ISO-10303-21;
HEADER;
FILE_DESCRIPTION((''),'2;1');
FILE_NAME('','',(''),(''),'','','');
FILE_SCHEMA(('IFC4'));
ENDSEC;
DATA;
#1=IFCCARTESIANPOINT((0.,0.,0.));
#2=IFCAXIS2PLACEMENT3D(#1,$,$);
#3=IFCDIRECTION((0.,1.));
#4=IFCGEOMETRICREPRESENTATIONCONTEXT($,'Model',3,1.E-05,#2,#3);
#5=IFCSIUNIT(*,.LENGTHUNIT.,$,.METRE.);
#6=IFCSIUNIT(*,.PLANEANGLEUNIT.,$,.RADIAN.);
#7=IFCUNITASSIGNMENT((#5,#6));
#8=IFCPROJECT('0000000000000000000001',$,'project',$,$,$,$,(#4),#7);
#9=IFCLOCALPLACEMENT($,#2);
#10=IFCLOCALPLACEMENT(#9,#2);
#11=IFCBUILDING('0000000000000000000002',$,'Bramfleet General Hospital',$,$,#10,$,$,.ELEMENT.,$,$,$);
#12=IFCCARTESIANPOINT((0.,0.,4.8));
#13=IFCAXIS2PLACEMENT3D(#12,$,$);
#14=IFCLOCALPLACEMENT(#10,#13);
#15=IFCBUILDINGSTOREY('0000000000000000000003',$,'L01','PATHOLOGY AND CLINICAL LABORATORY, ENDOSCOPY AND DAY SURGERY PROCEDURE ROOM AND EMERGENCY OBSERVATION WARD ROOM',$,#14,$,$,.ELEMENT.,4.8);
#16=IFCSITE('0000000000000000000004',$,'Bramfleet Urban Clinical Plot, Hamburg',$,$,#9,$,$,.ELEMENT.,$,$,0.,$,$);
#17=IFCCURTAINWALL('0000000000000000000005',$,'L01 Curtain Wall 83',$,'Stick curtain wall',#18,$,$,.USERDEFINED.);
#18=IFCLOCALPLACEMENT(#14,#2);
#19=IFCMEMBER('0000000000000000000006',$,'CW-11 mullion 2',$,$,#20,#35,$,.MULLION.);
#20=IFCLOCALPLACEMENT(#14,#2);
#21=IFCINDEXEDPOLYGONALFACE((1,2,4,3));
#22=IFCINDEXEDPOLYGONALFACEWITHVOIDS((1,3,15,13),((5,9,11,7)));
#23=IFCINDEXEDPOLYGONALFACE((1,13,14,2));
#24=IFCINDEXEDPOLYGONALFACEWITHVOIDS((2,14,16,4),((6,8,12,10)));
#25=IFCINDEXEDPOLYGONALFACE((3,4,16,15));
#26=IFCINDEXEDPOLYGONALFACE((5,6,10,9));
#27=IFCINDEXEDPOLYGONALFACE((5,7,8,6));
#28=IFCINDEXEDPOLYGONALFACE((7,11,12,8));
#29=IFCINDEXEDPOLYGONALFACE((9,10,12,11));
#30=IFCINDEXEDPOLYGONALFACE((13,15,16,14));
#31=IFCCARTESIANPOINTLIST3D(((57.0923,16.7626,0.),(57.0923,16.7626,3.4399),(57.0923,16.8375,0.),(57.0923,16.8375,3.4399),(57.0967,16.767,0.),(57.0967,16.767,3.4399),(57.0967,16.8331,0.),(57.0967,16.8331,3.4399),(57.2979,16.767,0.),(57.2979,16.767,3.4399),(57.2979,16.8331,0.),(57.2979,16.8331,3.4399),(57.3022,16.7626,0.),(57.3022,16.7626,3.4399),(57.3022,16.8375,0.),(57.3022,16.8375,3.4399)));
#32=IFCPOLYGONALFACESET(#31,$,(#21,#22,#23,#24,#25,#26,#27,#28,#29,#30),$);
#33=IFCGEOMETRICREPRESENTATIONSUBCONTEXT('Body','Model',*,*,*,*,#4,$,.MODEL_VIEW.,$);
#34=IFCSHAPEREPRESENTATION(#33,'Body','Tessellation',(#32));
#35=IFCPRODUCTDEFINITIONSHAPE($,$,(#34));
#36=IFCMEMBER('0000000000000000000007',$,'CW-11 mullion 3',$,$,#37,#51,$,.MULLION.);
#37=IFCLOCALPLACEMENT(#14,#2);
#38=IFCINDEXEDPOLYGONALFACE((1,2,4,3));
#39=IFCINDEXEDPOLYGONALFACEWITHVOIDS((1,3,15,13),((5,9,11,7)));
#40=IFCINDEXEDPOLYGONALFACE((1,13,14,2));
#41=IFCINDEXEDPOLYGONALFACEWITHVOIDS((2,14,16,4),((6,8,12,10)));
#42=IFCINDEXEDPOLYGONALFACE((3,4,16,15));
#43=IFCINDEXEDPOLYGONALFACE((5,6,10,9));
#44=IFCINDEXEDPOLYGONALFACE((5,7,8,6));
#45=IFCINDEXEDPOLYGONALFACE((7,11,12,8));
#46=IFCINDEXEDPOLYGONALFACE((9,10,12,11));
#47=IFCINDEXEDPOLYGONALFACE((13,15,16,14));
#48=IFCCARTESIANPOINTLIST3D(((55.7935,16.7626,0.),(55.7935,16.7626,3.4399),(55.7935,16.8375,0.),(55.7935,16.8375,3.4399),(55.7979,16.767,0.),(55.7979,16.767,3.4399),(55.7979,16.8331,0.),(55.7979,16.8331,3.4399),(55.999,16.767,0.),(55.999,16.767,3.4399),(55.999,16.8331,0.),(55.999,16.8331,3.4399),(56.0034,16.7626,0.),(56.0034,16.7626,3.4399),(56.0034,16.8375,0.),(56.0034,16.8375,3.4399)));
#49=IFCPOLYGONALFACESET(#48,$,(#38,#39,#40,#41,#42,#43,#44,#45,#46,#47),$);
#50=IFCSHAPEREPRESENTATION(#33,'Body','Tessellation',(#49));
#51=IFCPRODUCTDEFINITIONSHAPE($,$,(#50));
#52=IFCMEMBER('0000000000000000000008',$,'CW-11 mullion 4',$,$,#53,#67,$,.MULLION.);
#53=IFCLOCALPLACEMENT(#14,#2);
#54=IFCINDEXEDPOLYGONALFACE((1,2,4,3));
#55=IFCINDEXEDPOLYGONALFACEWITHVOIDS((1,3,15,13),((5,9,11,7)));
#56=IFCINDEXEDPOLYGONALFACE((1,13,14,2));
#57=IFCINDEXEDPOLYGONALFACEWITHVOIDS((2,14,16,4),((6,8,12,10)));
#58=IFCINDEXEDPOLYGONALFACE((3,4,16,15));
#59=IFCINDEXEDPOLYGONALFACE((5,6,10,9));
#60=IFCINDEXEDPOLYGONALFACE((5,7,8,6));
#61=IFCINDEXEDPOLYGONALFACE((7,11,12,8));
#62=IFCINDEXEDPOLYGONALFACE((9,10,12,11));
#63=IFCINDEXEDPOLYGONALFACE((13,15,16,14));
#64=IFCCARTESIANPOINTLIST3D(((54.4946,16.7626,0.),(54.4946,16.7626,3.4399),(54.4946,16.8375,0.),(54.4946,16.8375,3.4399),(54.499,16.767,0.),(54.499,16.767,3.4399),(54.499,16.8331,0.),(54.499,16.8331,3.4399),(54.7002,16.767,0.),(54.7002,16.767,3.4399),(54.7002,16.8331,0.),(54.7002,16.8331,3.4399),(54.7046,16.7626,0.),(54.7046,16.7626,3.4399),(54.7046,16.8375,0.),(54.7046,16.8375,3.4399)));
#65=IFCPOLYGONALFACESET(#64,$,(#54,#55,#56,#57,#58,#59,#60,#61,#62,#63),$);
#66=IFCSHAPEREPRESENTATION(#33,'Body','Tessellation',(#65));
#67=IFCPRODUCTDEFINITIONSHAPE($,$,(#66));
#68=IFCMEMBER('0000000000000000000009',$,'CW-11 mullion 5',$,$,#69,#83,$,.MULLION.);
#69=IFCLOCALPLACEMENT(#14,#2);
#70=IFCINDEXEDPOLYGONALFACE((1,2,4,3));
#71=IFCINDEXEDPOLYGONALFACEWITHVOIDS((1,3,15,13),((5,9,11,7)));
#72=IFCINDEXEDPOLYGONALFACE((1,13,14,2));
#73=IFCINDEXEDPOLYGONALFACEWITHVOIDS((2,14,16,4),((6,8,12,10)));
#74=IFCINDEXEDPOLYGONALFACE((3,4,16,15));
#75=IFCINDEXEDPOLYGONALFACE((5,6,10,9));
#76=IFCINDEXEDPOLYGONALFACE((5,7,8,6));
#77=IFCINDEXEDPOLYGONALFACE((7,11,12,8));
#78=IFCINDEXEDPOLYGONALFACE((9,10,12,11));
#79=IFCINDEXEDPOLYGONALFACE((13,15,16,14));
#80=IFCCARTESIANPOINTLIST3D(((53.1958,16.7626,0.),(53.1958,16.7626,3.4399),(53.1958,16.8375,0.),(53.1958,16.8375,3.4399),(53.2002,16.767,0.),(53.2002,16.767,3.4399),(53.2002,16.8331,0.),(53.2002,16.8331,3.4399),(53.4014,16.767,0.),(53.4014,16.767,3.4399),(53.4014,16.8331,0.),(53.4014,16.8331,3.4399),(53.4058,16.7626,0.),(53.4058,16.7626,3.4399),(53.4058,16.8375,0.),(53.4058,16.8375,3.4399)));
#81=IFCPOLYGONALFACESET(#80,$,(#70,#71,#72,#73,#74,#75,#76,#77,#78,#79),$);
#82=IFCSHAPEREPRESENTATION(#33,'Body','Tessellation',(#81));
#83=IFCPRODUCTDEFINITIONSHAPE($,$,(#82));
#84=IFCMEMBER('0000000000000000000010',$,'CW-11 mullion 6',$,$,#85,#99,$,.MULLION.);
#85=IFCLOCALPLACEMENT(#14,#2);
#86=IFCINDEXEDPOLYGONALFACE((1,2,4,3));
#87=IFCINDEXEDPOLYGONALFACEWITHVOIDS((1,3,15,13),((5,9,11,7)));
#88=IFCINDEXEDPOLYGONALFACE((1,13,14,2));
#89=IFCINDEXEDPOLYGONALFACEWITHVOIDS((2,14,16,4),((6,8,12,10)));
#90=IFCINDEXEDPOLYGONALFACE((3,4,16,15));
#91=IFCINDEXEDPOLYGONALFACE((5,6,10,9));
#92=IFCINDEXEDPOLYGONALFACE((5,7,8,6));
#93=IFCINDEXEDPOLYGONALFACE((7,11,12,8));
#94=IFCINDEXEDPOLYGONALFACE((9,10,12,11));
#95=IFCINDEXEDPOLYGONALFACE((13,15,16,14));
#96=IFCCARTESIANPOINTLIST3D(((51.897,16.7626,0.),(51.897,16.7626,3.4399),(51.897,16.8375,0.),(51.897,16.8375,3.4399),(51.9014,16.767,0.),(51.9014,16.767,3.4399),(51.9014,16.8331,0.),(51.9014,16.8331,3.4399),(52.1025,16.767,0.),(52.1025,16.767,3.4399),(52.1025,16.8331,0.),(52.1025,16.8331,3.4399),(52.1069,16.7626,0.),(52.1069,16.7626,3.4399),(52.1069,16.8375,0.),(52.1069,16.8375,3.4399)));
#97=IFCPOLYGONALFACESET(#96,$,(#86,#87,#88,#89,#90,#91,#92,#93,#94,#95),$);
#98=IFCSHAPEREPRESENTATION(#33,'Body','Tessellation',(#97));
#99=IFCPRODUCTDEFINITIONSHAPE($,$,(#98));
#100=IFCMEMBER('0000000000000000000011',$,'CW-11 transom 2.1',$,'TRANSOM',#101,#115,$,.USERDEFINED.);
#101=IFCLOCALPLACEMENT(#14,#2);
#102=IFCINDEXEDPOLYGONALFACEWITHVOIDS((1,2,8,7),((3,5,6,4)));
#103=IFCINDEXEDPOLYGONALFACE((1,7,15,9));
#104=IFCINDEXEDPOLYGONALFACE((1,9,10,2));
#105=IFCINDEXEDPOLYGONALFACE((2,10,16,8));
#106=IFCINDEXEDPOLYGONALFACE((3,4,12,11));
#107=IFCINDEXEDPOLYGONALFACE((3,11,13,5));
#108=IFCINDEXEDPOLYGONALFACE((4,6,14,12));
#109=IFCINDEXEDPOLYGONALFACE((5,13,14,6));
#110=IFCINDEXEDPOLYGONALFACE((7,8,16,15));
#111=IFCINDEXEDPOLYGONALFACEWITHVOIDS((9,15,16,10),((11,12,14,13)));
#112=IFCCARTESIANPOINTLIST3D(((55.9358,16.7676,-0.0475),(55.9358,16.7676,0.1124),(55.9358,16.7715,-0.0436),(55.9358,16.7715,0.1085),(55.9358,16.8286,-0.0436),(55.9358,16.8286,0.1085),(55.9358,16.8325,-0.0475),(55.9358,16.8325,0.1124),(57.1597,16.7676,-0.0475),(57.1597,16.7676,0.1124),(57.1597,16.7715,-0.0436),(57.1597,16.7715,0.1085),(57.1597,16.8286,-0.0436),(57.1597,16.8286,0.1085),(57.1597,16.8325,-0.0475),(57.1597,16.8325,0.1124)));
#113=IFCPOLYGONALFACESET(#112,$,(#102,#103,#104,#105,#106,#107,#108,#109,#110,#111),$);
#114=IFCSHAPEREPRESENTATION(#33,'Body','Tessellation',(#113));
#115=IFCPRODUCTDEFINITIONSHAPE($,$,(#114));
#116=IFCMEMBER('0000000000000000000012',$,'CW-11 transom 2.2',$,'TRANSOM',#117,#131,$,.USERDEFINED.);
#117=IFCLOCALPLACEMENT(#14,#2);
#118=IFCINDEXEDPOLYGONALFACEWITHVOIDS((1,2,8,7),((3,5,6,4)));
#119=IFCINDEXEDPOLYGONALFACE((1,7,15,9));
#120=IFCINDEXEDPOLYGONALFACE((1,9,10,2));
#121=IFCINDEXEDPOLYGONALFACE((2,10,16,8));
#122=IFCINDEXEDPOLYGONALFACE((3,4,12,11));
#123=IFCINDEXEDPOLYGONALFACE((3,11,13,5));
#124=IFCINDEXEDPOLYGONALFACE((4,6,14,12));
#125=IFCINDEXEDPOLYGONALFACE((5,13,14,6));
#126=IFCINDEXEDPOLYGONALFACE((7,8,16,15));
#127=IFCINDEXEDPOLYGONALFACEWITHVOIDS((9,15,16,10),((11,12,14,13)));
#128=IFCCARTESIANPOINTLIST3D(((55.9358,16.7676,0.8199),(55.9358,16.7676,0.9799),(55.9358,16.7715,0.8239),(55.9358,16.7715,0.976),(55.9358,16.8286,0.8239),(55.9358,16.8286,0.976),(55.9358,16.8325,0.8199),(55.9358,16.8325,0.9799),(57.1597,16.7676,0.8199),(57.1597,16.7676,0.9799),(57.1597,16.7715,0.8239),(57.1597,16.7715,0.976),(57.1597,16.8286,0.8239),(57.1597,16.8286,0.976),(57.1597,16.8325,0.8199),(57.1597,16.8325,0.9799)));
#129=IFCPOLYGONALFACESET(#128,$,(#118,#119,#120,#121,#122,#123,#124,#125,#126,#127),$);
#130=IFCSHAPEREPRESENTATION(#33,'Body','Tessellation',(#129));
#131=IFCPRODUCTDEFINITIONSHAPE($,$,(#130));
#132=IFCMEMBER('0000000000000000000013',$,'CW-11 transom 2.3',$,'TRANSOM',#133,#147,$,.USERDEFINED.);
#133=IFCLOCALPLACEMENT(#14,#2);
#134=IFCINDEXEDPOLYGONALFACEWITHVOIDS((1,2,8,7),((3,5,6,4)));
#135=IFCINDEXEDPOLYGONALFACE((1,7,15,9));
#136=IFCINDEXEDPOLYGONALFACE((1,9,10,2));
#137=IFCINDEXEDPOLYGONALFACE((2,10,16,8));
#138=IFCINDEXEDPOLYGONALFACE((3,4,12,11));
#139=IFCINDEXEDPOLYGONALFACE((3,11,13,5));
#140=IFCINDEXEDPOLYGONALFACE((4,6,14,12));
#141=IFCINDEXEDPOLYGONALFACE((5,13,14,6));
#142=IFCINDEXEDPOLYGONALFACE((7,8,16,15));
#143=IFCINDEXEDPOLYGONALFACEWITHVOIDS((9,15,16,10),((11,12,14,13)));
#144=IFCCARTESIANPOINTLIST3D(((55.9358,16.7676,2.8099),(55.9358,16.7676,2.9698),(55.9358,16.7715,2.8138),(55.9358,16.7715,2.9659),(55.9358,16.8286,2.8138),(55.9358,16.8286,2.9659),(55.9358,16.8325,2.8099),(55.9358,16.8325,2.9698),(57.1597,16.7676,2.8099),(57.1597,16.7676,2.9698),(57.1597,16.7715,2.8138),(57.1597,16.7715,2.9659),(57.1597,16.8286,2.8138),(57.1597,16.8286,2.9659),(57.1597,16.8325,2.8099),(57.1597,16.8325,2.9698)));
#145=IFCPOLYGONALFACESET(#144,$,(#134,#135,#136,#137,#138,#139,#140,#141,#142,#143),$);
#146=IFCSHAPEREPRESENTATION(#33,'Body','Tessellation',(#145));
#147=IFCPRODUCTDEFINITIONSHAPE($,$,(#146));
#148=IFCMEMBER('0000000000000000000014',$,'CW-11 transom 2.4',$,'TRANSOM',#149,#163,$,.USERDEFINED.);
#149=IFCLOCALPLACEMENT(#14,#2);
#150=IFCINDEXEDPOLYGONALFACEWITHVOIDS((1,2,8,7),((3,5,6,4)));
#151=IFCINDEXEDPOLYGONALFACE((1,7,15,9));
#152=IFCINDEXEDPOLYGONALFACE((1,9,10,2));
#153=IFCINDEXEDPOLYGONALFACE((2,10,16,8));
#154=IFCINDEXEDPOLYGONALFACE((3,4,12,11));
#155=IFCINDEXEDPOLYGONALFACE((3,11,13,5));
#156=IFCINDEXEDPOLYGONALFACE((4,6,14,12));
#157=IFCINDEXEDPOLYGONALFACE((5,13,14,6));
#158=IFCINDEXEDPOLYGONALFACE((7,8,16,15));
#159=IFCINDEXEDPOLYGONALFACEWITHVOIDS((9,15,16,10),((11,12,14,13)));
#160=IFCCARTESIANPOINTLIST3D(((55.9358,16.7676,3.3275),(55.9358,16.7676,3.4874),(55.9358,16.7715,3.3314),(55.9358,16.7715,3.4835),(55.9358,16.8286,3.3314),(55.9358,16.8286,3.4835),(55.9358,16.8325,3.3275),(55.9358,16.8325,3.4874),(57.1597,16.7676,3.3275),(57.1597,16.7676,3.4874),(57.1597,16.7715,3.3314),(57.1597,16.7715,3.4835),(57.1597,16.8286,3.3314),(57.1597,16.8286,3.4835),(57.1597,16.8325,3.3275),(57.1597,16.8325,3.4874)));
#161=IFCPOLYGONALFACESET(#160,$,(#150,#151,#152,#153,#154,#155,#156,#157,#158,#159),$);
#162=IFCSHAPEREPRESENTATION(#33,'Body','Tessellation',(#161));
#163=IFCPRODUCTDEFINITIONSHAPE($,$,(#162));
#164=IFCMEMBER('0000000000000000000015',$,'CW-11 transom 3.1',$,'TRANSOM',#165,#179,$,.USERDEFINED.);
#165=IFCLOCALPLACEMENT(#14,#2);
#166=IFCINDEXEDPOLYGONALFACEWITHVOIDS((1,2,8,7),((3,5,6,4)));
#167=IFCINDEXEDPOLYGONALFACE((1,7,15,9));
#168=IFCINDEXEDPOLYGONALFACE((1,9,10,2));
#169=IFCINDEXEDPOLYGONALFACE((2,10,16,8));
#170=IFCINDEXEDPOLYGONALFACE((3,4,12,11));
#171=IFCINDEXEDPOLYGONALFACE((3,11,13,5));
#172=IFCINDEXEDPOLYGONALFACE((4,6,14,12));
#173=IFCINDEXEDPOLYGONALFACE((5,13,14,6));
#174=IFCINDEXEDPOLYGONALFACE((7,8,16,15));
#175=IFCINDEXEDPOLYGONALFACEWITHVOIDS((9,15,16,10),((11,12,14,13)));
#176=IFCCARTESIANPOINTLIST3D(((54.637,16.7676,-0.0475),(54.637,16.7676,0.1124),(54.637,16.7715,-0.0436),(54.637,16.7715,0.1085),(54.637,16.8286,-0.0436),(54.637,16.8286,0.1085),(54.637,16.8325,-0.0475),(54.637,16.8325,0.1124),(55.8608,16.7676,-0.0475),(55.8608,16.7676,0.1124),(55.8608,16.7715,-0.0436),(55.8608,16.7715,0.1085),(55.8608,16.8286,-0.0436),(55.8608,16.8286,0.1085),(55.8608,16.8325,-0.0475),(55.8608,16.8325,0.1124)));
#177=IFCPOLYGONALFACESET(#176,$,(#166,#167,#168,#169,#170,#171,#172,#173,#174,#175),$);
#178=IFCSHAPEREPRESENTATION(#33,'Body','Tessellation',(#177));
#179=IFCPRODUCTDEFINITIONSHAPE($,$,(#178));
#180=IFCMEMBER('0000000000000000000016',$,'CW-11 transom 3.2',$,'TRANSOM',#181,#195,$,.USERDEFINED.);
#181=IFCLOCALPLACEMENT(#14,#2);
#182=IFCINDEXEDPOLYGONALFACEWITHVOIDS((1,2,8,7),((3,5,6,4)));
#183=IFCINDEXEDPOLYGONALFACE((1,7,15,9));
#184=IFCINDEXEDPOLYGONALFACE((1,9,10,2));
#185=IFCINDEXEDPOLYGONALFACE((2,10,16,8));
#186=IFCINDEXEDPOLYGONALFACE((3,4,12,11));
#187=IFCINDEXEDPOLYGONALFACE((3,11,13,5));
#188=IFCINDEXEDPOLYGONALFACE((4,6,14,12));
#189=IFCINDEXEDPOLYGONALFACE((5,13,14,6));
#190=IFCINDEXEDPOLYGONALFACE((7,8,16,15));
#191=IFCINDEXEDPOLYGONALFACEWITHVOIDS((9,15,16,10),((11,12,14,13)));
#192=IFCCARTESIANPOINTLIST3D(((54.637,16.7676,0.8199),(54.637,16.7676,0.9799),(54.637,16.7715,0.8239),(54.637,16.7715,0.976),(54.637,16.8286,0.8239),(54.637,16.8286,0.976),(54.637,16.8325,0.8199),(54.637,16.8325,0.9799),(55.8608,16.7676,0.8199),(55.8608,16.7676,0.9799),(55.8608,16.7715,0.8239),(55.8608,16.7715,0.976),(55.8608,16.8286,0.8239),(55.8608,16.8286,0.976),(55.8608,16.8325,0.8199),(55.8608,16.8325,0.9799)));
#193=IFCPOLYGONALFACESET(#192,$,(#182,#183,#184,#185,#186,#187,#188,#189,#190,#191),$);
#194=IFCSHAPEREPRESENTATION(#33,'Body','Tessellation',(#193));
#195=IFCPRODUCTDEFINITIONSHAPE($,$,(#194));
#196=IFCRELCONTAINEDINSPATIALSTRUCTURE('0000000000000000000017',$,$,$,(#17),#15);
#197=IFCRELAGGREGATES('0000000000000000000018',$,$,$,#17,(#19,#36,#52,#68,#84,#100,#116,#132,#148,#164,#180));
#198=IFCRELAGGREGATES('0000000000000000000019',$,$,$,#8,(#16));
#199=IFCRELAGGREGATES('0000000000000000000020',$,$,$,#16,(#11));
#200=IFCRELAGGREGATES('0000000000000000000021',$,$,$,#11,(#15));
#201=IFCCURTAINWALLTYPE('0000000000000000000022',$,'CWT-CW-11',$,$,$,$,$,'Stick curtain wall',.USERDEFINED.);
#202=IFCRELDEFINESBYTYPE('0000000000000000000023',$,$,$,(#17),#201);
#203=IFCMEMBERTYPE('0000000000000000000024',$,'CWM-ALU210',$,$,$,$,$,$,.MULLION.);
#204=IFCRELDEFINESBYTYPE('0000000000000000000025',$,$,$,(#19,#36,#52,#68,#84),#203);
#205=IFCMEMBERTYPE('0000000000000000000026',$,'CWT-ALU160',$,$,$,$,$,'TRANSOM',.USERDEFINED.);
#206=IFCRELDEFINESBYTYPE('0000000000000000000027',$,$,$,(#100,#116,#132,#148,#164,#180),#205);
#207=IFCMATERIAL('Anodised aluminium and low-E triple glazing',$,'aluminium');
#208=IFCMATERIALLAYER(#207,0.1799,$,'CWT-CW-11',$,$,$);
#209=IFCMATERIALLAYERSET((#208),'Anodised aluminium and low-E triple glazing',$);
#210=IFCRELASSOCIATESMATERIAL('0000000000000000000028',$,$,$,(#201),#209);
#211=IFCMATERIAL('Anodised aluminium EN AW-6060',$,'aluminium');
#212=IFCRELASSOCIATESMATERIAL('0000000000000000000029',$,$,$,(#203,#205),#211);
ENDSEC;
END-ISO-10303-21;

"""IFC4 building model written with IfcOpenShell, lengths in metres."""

from ifc_helpers import new_model, si_unit, direction, frame, origin, origin_2d, place, context, subcontext, project, spatial, hollow_rectangle, extrude, material, layer, layer_set, material_profile, profile_set, type_object, element, aggregate, save


model = new_model("IFC4")

# Units and contexts
model_context = context("Model", 3, precision=1e-05, world=origin(), true_north=direction((0.0, 1.0)))
body_context = subcontext(model_context, "Body", "Model", "MODEL_VIEW")
ifc_project = project(units=[si_unit("LENGTHUNIT", "METRE"), si_unit("PLANEANGLEUNIT", "RADIAN")], contexts=[model_context])

# Site, building, storey
site_placement = place(None, origin())
site = spatial("IfcSite", under=ifc_project, at=site_placement, Name="Bramfleet Urban Clinical Plot, Hamburg", CompositionType="ELEMENT", RefElevation=0.0)
building_placement = place(site_placement, origin())
building = spatial("IfcBuilding", under=site, at=building_placement, Name="Bramfleet General Hospital", CompositionType="ELEMENT")
storey_placement = place(building_placement, frame((0.0, 0.0, 4.8)))
storey = spatial("IfcBuildingStorey", under=building, at=storey_placement, Name="L01", Description="PATHOLOGY AND CLINICAL LABORATORY, ENDOSCOPY AND DAY SURGERY PROCEDURE ROOM AND EMERGENCY OBSERVATION WARD ROOM", CompositionType="ELEMENT", Elevation=4.8)

# Curtain wall, members
ifc_material_1 = material(Name="Anodised aluminium and low-E triple glazing", Category="aluminium")
ifc_layer_1 = layer(ifc_material_1, 0.1799, Name="CWT-CW-11")
ifc_layer_set_1 = layer_set([ifc_layer_1], Name="Anodised aluminium and low-E triple glazing")
curtain_wall_type = type_object("IfcCurtainWallType", Name="CWT-CW-11", ElementType="Stick curtain wall", PredefinedType="USERDEFINED", material=ifc_layer_set_1)
curtain_wall_placement = place(storey_placement, origin())
curtain_wall = element("IfcCurtainWall", 1, at=curtain_wall_placement, inside=storey, type_object=curtain_wall_type, Name="L01 Curtain Wall 83", ObjectType="Stick curtain wall", PredefinedType="USERDEFINED")
ifc_material_2 = material(Name="Anodised aluminium EN AW-6060", Category="aluminium")
ifc_material_profile_1 = material_profile(ifc_material_2, hollow_rectangle(XDim=0.075, YDim=0.21, WallThickness=0.0044, at=origin_2d()), Name="ALU 210x75x4.5")
ifc_profile_set_1 = profile_set([ifc_material_profile_1], Name="Anodised aluminium EN AW-6060")
member_type_1 = type_object("IfcMemberType", Name="CWM-ALU210", PredefinedType="MULLION", material=ifc_profile_set_1)
member_1_placement = place(storey_placement, frame((57.1973, 16.8, 0.0), z_axis=(0.0, 0.0, 1.0), x_axis=(0.0, -1.0, 0.0)))
member_1 = element("IfcMember", 2, at=member_1_placement, type_object=member_type_1, Name="CW-11 mullion 2", PredefinedType="MULLION", context=body_context, shape_type="SweptSolid", body=[
    extrude(hollow_rectangle(XDim=0.075, YDim=0.21, WallThickness=0.0044, at=origin_2d()), origin(), (0.0, 0.0, 1.0), 3.4399),
])
member_2_placement = place(storey_placement, frame((55.8984, 16.8, 0.0), z_axis=(0.0, 0.0, 1.0), x_axis=(0.0, -1.0, 0.0)))
member_2 = element("IfcMember", 3, at=member_2_placement, type_object=member_type_1, Name="CW-11 mullion 3", PredefinedType="MULLION", context=body_context, shape_type="SweptSolid", body=[
    extrude(hollow_rectangle(XDim=0.075, YDim=0.21, WallThickness=0.0044, at=origin_2d()), origin(), (0.0, 0.0, 1.0), 3.4399),
])
member_3_placement = place(storey_placement, frame((54.5996, 16.8, 0.0), z_axis=(0.0, 0.0, 1.0), x_axis=(0.0, -1.0, 0.0)))
member_3 = element("IfcMember", 4, at=member_3_placement, type_object=member_type_1, Name="CW-11 mullion 4", PredefinedType="MULLION", context=body_context, shape_type="SweptSolid", body=[
    extrude(hollow_rectangle(XDim=0.075, YDim=0.21, WallThickness=0.0044, at=origin_2d()), origin(), (0.0, 0.0, 1.0), 3.4399),
])
member_4_placement = place(storey_placement, frame((53.3008, 16.8, 0.0), z_axis=(0.0, 0.0, 1.0), x_axis=(0.0, -1.0, 0.0)))
member_4 = element("IfcMember", 5, at=member_4_placement, type_object=member_type_1, Name="CW-11 mullion 5", PredefinedType="MULLION", context=body_context, shape_type="SweptSolid", body=[
    extrude(hollow_rectangle(XDim=0.075, YDim=0.21, WallThickness=0.0044, at=origin_2d()), origin(), (0.0, 0.0, 1.0), 3.4399),
])
member_5_placement = place(storey_placement, frame((52.002, 16.8, 0.0), z_axis=(0.0, 0.0, 1.0), x_axis=(0.0, -1.0, 0.0)))
member_5 = element("IfcMember", 6, at=member_5_placement, type_object=member_type_1, Name="CW-11 mullion 6", PredefinedType="MULLION", context=body_context, shape_type="SweptSolid", body=[
    extrude(hollow_rectangle(XDim=0.075, YDim=0.21, WallThickness=0.0044, at=origin_2d()), origin(), (0.0, 0.0, 1.0), 3.4399),
])
ifc_material_profile_2 = material_profile(ifc_material_2, hollow_rectangle(XDim=0.0649, YDim=0.1599, WallThickness=0.0039, at=origin_2d()), Name="ALU 160x65x4.0")
ifc_profile_set_2 = profile_set([ifc_material_profile_2], Name="Anodised aluminium EN AW-6060")
member_type_2 = type_object("IfcMemberType", Name="CWT-ALU160", ElementType="TRANSOM", PredefinedType="USERDEFINED", material=ifc_profile_set_2)
member_6_placement = place(storey_placement, frame((57.1597, 16.8, 0.0325), z_axis=(-1.0, 0.0, 0.0), x_axis=(0.0, -1.0, 0.0)))
member_6 = element("IfcMember", 7, at=member_6_placement, type_object=member_type_2, Name="CW-11 transom 2.1", ObjectType="TRANSOM", PredefinedType="USERDEFINED", context=body_context, shape_type="SweptSolid", body=[
    extrude(hollow_rectangle(XDim=0.0649, YDim=0.1599, WallThickness=0.0039, at=origin_2d()), origin(), (0.0, 0.0, 1.0), 1.2239),
])
member_7_placement = place(storey_placement, frame((57.1597, 16.8, 0.8999), z_axis=(-1.0, 0.0, 0.0), x_axis=(0.0, -1.0, 0.0)))
member_7 = element("IfcMember", 8, at=member_7_placement, type_object=member_type_2, Name="CW-11 transom 2.2", ObjectType="TRANSOM", PredefinedType="USERDEFINED", context=body_context, shape_type="SweptSolid", body=[
    extrude(hollow_rectangle(XDim=0.0649, YDim=0.1599, WallThickness=0.0039, at=origin_2d()), origin(), (0.0, 0.0, 1.0), 1.2239),
])
member_8_placement = place(storey_placement, frame((57.1597, 16.8, 2.8899), z_axis=(-1.0, 0.0, 0.0), x_axis=(0.0, -1.0, 0.0)))
member_8 = element("IfcMember", 9, at=member_8_placement, type_object=member_type_2, Name="CW-11 transom 2.3", ObjectType="TRANSOM", PredefinedType="USERDEFINED", context=body_context, shape_type="SweptSolid", body=[
    extrude(hollow_rectangle(XDim=0.0649, YDim=0.1599, WallThickness=0.0039, at=origin_2d()), origin(), (0.0, 0.0, 1.0), 1.2239),
])
member_9_placement = place(storey_placement, frame((57.1597, 16.8, 3.4075), z_axis=(-1.0, 0.0, 0.0), x_axis=(0.0, -1.0, 0.0)))
member_9 = element("IfcMember", 10, at=member_9_placement, type_object=member_type_2, Name="CW-11 transom 2.4", ObjectType="TRANSOM", PredefinedType="USERDEFINED", context=body_context, shape_type="SweptSolid", body=[
    extrude(hollow_rectangle(XDim=0.0649, YDim=0.1599, WallThickness=0.0039, at=origin_2d()), origin(), (0.0, 0.0, 1.0), 1.2239),
])
member_10_placement = place(storey_placement, frame((55.8608, 16.8, 0.0325), z_axis=(-1.0, 0.0, 0.0), x_axis=(0.0, -1.0, 0.0)))
member_10 = element("IfcMember", 11, at=member_10_placement, type_object=member_type_2, Name="CW-11 transom 3.1", ObjectType="TRANSOM", PredefinedType="USERDEFINED", context=body_context, shape_type="SweptSolid", body=[
    extrude(hollow_rectangle(XDim=0.0649, YDim=0.1599, WallThickness=0.0039, at=origin_2d()), origin(), (0.0, 0.0, 1.0), 1.2239),
])
member_11_placement = place(storey_placement, frame((55.8608, 16.8, 0.8999), z_axis=(-1.0, 0.0, 0.0), x_axis=(0.0, -1.0, 0.0)))
member_11 = element("IfcMember", 12, at=member_11_placement, type_object=member_type_2, Name="CW-11 transom 3.2", ObjectType="TRANSOM", PredefinedType="USERDEFINED", context=body_context, shape_type="SweptSolid", body=[
    extrude(hollow_rectangle(XDim=0.0649, YDim=0.1599, WallThickness=0.0039, at=origin_2d()), origin(), (0.0, 0.0, 1.0), 1.2239),
])
aggregate(curtain_wall, [member_1, member_2, member_3, member_4, member_5, member_6, member_7, member_8, member_9, member_10, member_11])

save(model, "model.ifc")
